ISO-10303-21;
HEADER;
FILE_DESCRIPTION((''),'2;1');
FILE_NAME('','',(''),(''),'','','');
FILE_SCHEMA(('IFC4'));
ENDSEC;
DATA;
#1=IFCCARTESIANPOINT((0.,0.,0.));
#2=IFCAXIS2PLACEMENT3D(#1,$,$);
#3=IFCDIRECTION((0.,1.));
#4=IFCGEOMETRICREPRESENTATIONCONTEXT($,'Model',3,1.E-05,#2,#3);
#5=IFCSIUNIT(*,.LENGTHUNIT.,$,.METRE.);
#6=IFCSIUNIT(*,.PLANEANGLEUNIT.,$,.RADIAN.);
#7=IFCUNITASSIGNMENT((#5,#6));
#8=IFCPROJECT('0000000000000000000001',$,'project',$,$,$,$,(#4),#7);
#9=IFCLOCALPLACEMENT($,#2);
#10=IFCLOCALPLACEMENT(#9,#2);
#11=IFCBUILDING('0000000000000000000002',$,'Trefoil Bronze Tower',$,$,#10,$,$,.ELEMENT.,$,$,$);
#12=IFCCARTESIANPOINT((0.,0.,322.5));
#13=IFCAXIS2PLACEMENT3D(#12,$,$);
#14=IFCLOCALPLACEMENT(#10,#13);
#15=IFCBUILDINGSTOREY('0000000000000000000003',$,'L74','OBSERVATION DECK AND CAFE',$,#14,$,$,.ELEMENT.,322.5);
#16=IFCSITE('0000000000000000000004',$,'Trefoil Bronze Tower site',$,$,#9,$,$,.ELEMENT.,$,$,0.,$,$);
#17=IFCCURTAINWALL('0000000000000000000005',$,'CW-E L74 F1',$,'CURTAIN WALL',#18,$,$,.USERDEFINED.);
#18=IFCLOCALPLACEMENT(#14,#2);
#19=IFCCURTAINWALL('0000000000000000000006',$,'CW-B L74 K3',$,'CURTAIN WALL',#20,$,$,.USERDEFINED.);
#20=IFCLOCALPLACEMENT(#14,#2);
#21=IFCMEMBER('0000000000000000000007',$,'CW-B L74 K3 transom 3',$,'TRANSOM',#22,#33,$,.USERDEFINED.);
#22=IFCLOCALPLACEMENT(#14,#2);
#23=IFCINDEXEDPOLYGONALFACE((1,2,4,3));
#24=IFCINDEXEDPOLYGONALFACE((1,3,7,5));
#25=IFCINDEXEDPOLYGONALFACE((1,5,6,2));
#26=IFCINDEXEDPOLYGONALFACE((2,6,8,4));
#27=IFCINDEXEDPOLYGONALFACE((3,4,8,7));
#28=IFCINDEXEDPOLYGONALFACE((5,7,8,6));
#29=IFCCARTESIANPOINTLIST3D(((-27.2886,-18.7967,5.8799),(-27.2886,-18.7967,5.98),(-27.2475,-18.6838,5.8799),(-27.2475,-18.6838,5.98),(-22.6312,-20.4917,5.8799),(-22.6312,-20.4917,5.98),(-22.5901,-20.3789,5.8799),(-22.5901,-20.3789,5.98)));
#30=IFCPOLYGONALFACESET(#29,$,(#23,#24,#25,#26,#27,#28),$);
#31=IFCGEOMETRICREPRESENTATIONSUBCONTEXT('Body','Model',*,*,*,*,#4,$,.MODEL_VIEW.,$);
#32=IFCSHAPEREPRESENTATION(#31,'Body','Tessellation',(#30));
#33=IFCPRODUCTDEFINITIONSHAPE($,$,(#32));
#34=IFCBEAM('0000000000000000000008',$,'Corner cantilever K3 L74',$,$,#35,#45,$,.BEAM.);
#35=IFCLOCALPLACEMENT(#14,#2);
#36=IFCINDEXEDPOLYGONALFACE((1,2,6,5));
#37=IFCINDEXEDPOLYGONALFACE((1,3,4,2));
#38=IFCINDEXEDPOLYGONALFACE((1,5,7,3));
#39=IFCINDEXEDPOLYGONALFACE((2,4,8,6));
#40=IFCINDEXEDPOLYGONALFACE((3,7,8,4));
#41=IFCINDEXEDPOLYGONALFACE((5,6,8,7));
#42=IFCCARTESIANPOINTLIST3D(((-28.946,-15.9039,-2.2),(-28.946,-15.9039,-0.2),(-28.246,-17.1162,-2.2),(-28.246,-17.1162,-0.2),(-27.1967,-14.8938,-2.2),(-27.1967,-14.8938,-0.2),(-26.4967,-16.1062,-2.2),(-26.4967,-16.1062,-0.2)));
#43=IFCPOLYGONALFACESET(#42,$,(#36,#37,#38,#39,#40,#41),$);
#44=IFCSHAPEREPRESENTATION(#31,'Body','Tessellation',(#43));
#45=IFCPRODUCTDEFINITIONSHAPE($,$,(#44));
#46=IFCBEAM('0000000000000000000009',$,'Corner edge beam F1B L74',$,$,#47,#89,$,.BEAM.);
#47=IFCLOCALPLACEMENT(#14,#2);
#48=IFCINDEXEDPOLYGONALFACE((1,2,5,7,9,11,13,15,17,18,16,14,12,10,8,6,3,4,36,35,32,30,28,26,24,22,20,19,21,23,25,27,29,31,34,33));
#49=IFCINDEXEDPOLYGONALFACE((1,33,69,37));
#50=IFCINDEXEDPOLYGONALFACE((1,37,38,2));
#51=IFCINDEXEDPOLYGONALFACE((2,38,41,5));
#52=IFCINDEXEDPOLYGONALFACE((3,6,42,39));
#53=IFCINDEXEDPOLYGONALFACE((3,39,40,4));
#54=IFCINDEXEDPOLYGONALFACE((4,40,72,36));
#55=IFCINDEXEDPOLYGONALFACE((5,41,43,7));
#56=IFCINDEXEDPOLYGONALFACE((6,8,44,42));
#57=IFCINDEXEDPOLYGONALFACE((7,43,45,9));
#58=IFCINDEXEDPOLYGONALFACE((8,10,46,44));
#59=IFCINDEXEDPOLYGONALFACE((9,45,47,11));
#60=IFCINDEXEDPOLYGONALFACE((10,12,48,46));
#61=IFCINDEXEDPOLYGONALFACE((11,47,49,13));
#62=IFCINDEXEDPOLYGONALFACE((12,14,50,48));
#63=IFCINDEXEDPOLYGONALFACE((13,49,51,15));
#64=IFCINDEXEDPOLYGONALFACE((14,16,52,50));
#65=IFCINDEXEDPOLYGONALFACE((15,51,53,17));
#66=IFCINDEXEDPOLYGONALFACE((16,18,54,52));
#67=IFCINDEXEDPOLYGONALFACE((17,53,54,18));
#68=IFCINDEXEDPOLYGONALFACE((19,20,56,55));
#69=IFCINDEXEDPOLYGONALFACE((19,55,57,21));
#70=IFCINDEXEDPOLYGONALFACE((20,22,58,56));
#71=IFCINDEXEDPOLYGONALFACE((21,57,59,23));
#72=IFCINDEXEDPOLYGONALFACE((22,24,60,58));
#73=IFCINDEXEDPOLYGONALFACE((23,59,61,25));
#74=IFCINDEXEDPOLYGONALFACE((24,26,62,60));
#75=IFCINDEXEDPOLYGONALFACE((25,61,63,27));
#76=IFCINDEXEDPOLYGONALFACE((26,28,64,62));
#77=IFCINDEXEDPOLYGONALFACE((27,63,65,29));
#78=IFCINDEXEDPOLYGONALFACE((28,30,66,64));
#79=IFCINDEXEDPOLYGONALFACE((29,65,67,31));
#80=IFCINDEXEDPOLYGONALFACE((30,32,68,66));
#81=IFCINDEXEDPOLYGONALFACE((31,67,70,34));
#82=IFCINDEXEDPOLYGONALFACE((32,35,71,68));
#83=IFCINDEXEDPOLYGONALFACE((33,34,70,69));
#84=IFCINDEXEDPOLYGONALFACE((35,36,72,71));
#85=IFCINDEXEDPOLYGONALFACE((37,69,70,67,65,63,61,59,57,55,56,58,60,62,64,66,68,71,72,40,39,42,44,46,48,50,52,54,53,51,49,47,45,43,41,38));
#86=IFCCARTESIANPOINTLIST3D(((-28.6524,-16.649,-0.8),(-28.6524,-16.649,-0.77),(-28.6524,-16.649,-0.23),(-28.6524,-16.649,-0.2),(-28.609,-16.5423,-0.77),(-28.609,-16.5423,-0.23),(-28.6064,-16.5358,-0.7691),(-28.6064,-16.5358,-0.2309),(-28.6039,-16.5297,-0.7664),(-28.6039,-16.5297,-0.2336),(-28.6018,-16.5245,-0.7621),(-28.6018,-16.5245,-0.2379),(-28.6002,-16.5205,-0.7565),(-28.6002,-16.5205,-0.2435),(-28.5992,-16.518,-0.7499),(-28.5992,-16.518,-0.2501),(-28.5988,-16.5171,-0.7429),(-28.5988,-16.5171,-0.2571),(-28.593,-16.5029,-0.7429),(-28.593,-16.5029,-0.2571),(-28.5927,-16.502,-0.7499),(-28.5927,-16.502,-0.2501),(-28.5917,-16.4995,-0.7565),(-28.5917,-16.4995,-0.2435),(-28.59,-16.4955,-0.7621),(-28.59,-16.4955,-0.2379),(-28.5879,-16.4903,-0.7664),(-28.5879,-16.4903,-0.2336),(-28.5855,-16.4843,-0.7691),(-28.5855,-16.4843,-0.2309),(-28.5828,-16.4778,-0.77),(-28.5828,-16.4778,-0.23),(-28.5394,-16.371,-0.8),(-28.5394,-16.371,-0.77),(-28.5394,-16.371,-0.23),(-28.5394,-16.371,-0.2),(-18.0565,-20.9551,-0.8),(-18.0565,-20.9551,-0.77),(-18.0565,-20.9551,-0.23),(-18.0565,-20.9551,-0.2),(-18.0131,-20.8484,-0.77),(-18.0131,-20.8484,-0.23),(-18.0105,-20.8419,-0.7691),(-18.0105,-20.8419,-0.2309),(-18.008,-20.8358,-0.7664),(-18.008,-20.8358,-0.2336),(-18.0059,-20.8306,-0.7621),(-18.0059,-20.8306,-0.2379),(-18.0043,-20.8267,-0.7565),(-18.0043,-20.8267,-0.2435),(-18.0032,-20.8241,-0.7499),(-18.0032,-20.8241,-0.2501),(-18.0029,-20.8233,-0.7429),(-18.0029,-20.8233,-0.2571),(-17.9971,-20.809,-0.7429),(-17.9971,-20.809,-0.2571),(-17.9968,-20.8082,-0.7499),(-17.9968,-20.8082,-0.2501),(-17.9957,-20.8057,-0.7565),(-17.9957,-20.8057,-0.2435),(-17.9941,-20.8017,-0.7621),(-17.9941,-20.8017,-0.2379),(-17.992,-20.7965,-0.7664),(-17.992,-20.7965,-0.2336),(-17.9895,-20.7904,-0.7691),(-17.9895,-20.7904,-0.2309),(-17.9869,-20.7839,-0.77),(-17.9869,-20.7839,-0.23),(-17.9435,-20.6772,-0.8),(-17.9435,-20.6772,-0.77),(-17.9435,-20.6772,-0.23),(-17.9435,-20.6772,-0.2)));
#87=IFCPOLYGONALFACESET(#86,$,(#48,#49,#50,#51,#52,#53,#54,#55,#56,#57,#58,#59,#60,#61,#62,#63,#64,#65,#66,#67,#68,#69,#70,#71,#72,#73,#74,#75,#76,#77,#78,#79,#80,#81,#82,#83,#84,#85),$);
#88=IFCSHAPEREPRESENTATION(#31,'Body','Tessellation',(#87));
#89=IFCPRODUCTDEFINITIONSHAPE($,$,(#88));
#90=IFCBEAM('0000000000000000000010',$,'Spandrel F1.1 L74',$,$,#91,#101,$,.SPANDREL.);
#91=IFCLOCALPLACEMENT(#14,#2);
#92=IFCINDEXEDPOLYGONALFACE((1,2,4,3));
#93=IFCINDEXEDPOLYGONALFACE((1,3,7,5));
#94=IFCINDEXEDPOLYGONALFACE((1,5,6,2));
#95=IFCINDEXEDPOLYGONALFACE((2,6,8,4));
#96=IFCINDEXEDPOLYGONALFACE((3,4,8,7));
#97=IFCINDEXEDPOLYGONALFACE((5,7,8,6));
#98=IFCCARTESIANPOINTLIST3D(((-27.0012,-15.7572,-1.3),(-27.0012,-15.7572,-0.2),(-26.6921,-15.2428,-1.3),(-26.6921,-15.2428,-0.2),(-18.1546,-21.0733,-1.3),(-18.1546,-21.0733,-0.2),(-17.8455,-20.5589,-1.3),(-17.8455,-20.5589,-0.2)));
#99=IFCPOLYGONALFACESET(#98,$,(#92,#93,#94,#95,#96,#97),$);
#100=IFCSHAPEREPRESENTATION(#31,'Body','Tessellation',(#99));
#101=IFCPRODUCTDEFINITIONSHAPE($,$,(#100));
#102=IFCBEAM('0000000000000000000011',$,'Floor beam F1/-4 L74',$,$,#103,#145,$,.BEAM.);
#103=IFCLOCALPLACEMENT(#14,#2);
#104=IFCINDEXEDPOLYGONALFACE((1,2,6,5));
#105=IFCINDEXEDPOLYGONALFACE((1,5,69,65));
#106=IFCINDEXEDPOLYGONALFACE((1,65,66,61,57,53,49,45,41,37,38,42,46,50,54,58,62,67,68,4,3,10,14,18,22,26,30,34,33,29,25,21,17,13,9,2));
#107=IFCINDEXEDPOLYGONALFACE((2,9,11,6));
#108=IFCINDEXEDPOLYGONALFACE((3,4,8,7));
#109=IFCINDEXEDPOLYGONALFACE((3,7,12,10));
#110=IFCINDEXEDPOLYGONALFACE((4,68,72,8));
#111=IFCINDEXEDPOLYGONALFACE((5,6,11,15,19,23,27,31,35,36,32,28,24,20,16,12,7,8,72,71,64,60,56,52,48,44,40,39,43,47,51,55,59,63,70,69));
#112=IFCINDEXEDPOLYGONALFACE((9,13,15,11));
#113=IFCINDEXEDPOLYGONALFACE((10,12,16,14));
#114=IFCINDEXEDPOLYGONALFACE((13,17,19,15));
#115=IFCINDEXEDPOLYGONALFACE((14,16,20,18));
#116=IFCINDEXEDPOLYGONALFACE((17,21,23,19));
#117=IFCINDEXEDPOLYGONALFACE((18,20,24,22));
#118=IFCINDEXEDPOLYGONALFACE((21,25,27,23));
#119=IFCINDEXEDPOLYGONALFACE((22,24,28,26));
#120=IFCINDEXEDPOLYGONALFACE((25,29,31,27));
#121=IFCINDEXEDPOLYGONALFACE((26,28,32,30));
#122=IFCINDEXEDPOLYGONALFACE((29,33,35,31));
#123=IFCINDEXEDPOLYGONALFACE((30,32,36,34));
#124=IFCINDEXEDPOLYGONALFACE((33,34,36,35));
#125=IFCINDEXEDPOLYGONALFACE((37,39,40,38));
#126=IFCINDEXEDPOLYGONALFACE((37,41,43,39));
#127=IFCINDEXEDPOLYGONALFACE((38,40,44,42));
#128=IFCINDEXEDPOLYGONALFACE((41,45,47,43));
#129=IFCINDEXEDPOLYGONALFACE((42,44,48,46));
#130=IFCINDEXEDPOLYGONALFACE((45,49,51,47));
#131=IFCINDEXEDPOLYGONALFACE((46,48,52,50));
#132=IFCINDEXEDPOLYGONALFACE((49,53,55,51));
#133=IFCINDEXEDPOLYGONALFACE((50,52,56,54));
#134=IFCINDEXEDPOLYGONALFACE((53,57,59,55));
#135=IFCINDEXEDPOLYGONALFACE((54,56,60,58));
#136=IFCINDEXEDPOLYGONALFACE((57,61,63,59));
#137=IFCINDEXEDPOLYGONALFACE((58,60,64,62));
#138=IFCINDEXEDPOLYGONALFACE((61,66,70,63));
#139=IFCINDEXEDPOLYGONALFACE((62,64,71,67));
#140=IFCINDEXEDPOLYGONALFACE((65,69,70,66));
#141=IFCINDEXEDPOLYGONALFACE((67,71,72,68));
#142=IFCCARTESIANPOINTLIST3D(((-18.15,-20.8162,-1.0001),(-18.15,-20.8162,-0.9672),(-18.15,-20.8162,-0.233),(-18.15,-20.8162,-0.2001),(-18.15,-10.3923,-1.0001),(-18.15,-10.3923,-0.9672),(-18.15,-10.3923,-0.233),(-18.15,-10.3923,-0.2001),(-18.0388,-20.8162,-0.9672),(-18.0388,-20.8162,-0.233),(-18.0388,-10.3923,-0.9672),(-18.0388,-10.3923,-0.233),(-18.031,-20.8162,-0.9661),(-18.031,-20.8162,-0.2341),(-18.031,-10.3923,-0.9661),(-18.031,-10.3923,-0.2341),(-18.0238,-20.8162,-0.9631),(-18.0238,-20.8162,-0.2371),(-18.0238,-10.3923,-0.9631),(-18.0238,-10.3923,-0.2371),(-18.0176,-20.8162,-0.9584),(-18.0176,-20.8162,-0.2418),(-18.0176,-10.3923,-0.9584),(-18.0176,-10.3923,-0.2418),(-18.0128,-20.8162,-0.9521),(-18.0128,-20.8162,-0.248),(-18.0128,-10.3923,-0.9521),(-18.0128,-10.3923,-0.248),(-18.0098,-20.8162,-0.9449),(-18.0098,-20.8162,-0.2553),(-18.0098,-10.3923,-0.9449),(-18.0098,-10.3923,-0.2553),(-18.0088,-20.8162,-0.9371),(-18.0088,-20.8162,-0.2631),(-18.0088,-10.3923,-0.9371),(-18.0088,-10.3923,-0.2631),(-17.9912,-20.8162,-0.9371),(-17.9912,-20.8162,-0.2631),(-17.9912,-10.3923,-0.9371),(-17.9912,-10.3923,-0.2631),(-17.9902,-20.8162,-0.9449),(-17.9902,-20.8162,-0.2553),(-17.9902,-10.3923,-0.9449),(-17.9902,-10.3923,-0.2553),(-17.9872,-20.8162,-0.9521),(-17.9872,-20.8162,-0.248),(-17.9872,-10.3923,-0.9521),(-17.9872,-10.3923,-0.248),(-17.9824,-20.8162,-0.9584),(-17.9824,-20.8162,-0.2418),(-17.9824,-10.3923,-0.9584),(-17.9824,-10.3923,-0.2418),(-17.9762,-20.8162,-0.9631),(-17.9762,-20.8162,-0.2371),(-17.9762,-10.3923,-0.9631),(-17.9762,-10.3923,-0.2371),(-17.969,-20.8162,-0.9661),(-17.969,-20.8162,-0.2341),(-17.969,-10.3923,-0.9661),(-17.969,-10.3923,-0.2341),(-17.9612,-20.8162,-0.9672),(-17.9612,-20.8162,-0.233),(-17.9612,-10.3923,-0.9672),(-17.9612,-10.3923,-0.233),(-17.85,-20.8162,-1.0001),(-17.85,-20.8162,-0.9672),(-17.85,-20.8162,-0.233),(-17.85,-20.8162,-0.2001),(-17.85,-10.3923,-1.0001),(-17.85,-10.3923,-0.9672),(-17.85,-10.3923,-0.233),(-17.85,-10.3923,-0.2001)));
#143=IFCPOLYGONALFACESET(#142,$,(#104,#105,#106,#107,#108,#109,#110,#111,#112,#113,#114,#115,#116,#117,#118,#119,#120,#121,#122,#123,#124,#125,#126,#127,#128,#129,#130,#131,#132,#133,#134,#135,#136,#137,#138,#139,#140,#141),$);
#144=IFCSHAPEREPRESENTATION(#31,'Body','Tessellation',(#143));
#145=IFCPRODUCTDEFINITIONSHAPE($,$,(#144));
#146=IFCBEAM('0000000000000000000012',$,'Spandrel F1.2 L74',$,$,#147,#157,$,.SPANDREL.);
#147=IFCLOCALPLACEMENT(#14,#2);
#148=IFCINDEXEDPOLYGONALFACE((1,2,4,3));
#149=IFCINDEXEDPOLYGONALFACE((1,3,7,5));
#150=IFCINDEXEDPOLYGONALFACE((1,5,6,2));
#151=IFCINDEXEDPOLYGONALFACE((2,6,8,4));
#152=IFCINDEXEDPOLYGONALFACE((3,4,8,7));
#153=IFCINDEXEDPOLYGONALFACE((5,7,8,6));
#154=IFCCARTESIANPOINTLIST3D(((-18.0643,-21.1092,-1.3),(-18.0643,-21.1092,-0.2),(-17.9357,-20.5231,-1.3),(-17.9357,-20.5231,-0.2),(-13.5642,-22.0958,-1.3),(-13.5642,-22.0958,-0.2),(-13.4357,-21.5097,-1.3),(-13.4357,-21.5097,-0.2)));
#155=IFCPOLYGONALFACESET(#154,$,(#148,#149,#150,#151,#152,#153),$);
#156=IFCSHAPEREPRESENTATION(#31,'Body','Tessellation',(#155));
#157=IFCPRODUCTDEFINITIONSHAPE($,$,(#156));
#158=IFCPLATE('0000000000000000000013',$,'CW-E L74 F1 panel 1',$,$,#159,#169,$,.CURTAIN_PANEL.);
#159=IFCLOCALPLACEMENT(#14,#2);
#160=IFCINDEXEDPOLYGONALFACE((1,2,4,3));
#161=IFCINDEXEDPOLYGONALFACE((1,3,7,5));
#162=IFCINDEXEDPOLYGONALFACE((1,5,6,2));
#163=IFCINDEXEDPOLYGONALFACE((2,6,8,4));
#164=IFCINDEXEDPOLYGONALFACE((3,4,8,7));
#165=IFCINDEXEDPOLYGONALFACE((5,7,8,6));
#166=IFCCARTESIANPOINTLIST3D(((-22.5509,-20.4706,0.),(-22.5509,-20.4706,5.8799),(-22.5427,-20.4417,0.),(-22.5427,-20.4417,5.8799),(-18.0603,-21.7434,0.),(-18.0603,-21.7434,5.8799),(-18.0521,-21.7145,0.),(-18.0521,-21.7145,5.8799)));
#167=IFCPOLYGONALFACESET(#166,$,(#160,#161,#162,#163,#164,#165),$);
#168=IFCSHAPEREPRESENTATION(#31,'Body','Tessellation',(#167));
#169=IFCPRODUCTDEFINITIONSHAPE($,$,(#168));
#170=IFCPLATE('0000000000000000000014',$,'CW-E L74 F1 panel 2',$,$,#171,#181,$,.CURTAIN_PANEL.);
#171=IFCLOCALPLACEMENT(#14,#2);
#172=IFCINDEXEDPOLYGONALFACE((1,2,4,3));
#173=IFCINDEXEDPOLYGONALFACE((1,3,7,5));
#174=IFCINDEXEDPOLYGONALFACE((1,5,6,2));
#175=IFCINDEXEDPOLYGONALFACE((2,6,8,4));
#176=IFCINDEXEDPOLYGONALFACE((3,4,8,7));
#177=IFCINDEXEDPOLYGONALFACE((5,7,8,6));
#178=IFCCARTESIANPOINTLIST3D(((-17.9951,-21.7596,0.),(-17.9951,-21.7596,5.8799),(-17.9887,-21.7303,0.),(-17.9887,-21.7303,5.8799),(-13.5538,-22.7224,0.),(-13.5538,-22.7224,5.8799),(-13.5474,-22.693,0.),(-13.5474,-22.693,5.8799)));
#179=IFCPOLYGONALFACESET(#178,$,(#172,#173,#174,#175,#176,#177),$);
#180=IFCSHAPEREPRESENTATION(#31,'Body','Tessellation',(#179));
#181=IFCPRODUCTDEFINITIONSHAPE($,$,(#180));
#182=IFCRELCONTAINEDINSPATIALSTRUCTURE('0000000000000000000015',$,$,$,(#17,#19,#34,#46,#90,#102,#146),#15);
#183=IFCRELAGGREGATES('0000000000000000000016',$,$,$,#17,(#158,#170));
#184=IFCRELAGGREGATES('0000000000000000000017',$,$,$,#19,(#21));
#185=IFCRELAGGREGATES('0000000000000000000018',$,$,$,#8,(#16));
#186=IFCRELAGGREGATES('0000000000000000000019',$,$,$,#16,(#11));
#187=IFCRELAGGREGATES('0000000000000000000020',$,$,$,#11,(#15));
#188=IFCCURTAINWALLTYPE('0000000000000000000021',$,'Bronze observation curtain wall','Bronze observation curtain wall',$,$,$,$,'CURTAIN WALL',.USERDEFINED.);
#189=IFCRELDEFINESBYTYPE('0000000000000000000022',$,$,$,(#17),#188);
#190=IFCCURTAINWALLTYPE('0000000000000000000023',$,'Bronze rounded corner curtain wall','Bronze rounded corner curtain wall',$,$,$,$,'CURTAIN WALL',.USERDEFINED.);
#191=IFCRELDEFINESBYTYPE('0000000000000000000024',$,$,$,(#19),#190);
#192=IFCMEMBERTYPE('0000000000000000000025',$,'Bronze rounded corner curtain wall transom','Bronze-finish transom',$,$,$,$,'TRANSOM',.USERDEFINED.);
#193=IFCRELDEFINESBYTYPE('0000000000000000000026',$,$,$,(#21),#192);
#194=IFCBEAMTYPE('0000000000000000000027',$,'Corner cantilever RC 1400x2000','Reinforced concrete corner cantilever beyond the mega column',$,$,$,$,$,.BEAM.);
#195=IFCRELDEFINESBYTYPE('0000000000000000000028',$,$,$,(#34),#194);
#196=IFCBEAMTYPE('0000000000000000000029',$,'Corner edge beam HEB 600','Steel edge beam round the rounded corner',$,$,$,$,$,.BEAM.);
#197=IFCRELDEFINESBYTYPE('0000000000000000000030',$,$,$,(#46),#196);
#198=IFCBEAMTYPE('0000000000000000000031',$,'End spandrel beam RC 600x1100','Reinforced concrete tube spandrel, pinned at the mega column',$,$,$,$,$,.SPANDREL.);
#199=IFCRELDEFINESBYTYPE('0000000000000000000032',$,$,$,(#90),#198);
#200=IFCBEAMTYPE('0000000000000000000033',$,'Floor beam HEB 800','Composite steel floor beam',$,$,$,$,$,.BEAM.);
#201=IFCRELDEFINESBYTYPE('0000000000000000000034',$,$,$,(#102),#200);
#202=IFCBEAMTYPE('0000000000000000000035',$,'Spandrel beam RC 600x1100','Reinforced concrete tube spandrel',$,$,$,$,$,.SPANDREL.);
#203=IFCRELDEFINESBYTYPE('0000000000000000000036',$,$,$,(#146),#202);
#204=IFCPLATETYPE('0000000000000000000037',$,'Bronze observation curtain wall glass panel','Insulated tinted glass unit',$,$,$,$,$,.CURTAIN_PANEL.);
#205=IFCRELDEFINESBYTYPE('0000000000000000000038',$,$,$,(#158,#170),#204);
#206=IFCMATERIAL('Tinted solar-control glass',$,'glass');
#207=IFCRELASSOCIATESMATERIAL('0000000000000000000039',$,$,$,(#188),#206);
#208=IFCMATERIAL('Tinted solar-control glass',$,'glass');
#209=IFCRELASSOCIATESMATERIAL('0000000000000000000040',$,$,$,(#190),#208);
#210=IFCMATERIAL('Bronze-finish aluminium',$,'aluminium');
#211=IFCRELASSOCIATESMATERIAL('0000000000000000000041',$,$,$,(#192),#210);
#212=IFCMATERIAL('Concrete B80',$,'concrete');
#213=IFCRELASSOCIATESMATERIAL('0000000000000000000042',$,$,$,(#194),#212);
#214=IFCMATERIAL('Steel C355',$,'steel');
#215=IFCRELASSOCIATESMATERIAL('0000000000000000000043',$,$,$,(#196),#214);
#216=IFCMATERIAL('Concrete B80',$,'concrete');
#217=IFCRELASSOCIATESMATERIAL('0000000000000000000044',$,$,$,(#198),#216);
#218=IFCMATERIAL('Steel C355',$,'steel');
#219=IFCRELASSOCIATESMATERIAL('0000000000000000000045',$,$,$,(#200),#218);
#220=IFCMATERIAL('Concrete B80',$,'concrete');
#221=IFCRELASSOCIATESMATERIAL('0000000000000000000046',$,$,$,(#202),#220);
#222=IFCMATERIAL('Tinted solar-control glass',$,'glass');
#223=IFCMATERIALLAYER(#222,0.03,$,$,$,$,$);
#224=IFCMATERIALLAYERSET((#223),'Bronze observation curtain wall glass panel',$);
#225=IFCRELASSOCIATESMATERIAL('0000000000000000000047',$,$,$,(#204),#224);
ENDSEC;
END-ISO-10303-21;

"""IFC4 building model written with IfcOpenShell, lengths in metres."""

from ifc_helpers import new_model, si_unit, direction, frame, origin, origin_2d, place, context, subcontext, project, spatial, rectangle, i_section, extrude, material, layer, layer_set, material_profile, profile_set, type_object, element, aggregate, save


model = new_model("IFC4")

# Units and contexts
model_context = context("Model", 3, precision=1e-05, world=origin(), true_north=direction((0.0, 1.0)))
body_context = subcontext(model_context, "Body", "Model", "MODEL_VIEW")
ifc_project = project(units=[si_unit("LENGTHUNIT", "METRE"), si_unit("PLANEANGLEUNIT", "RADIAN")], contexts=[model_context])

# Site, building, storey
site_placement = place(None, origin())
site = spatial("IfcSite", under=ifc_project, at=site_placement, Name="Trefoil Bronze Tower site", CompositionType="ELEMENT", RefElevation=0.0)
building_placement = place(site_placement, origin())
building = spatial("IfcBuilding", under=site, at=building_placement, Name="Trefoil Bronze Tower", CompositionType="ELEMENT")
storey_placement = place(building_placement, frame((0.0, 0.0, 322.5)))
storey = spatial("IfcBuildingStorey", under=building, at=storey_placement, Name="L74", Description="OBSERVATION DECK AND CAFE", CompositionType="ELEMENT", Elevation=322.5)

# Curtain walls, member
ifc_material_1 = material(Name="Tinted solar-control glass", Category="glass")
curtain_wall_type_1 = type_object("IfcCurtainWallType", Name="Bronze observation curtain wall", Description="Bronze observation curtain wall", ElementType="CURTAIN WALL", PredefinedType="USERDEFINED", material=ifc_material_1)
curtain_wall_1_placement = place(storey_placement, origin())
curtain_wall_1 = element("IfcCurtainWall", 1, at=curtain_wall_1_placement, inside=storey, type_object=curtain_wall_type_1, Name="CW-E L74 F1", ObjectType="CURTAIN WALL", PredefinedType="USERDEFINED")
ifc_material_2 = material(Name="Tinted solar-control glass", Category="glass")
curtain_wall_type_2 = type_object("IfcCurtainWallType", Name="Bronze rounded corner curtain wall", Description="Bronze rounded corner curtain wall", ElementType="CURTAIN WALL", PredefinedType="USERDEFINED", material=ifc_material_2)
curtain_wall_2_placement = place(storey_placement, origin())
curtain_wall_2 = element("IfcCurtainWall", 2, at=curtain_wall_2_placement, inside=storey, type_object=curtain_wall_type_2, Name="CW-B L74 K3", ObjectType="CURTAIN WALL", PredefinedType="USERDEFINED")
ifc_material_3 = material(Name="Bronze-finish aluminium", Category="aluminium")
ifc_material_profile_1 = material_profile(ifc_material_3, rectangle(XDim=0.1201, YDim=0.1001, at=origin_2d()), Name="CW-B transom")
ifc_profile_set_1 = profile_set([ifc_material_profile_1], Name="Bronze-finish aluminium")
member_type_1 = type_object("IfcMemberType", Name="Bronze rounded corner curtain wall transom", Description="Bronze-finish transom", ElementType="TRANSOM", PredefinedType="USERDEFINED", material=ifc_profile_set_1)
member_1_placement = place(storey_placement, frame((-27.2681, -18.7402, 5.9299), z_axis=(0.9397, -0.342, 0.0), x_axis=(0.342, 0.9397, 0.0)))
member_1 = element("IfcMember", 3, at=member_1_placement, type_object=member_type_1, Name="CW-B L74 K3 transom 3", ObjectType="TRANSOM", PredefinedType="USERDEFINED", context=body_context, shape_type="SweptSolid", body=[
    extrude(rectangle(XDim=0.1201, YDim=0.1001, at=origin_2d()), origin(), (0.0, 0.0, 1.0), 4.9563),
])

# Beams
ifc_material_4 = material(Name="Concrete B80", Category="concrete")
ifc_material_profile_2 = material_profile(ifc_material_4, rectangle(XDim=1.3999, YDim=2.0, at=origin_2d()), Name="RC 1400x2000")
ifc_profile_set_2 = profile_set([ifc_material_profile_2], Name="Concrete B80")
beam_type_1 = type_object("IfcBeamType", Name="Corner cantilever RC 1400x2000", Description="Reinforced concrete corner cantilever beyond the mega column", PredefinedType="BEAM", material=ifc_profile_set_2)
beam_1_placement = place(storey_placement, frame((-26.8467, -15.5, -1.2), z_axis=(-0.86601, -0.500026, 0.0), x_axis=(0.500026, -0.86601, 0.0)))
element("IfcBeam", 4, at=beam_1_placement, inside=storey, type_object=beam_type_1, Name="Corner cantilever K3 L74", PredefinedType="BEAM", context=body_context, shape_type="SweptSolid", body=[
    extrude(rectangle(XDim=1.3999, YDim=2.0, at=origin_2d()), origin(), (0.0, 0.0, 1.0), 2.02),
])
ifc_material_5 = material(Name="Steel C355", Category="steel")
ifc_material_profile_3 = material_profile(ifc_material_5, i_section(OverallWidth=0.3, OverallDepth=0.6001, WebThickness=0.0154, FlangeThickness=0.03, FilletRadius=0.0271, at=origin_2d()), Name="HEB 600")
ifc_profile_set_3 = profile_set([ifc_material_profile_3], Name="Steel C355")
beam_type_2 = type_object("IfcBeamType", Name="Corner edge beam HEB 600", Description="Steel edge beam round the rounded corner", PredefinedType="BEAM", material=ifc_profile_set_3)
beam_2_placement = place(storey_placement, frame((-18.0, -20.8162, -0.5), z_axis=(-0.926419, 0.376493, 0.0), x_axis=(-0.376493, -0.926419, 0.0)))
element("IfcBeam", 5, at=beam_2_placement, inside=storey, type_object=beam_type_2, Name="Corner edge beam F1B L74", PredefinedType="BEAM", context=body_context, shape_type="SweptSolid", body=[
    extrude(i_section(OverallWidth=0.3, OverallDepth=0.6001, WebThickness=0.0154, FlangeThickness=0.03, FilletRadius=0.0271, at=origin_2d()), origin(), (0.0, 0.0, 1.0), 11.4375),
])
ifc_material_6 = material(Name="Concrete B80", Category="concrete")
ifc_material_profile_4 = material_profile(ifc_material_6, rectangle(XDim=0.6001, YDim=1.1001, at=origin_2d()), Name="RC 600x1100")
ifc_profile_set_4 = profile_set([ifc_material_profile_4], Name="Concrete B80")
beam_type_3 = type_object("IfcBeamType", Name="End spandrel beam RC 600x1100", Description="Reinforced concrete tube spandrel, pinned at the mega column", PredefinedType="SPANDREL", material=ifc_profile_set_4)
beam_3_placement = place(storey_placement, frame((-26.8467, -15.5, -0.75), z_axis=(0.857144, -0.515077, 0.0), x_axis=(0.515077, 0.857144, 0.0)))
element("IfcBeam", 6, at=beam_3_placement, inside=storey, type_object=beam_type_3, Name="Spandrel F1.1 L74", PredefinedType="SPANDREL", context=body_context, shape_type="SweptSolid", body=[
    extrude(rectangle(XDim=0.6001, YDim=1.1001, at=origin_2d()), origin(), (0.0, 0.0, 1.0), 10.321),
])
ifc_material_7 = material(Name="Steel C355", Category="steel")
ifc_material_profile_5 = material_profile(ifc_material_7, i_section(OverallWidth=0.3, OverallDepth=0.8, WebThickness=0.0176, FlangeThickness=0.033, FilletRadius=0.03, at=origin_2d()), Name="HEB 800")
ifc_profile_set_5 = profile_set([ifc_material_profile_5], Name="Steel C355")
beam_type_4 = type_object("IfcBeamType", Name="Floor beam HEB 800", Description="Composite steel floor beam", PredefinedType="BEAM", material=ifc_profile_set_5)
beam_4_placement = place(storey_placement, frame((-18.0, -20.8162, -0.6001), z_axis=(0.0, 1.0, 0.0), x_axis=(-1.0, 0.0, 0.0)))
element("IfcBeam", 7, at=beam_4_placement, inside=storey, type_object=beam_type_4, Name="Floor beam F1/-4 L74", PredefinedType="BEAM", context=body_context, shape_type="SweptSolid", body=[
    extrude(i_section(OverallWidth=0.3, OverallDepth=0.8, WebThickness=0.0176, FlangeThickness=0.033, FilletRadius=0.03, at=origin_2d()), origin(), (0.0, 0.0, 1.0), 10.4238),
])
ifc_material_8 = material(Name="Concrete B80", Category="concrete")
ifc_material_profile_6 = material_profile(ifc_material_8, rectangle(XDim=0.6001, YDim=1.1001, at=origin_2d()), Name="RC 600x1100")
ifc_profile_set_6 = profile_set([ifc_material_profile_6], Name="Concrete B80")
beam_type_5 = type_object("IfcBeamType", Name="Spandrel beam RC 600x1100", Description="Reinforced concrete tube spandrel", PredefinedType="SPANDREL", material=ifc_profile_set_6)
beam_5_placement = place(storey_placement, frame((-18.0, -20.8162, -0.75), z_axis=(0.9768, -0.214152, 0.0), x_axis=(0.214152, 0.9768, 0.0)))
element("IfcBeam", 8, at=beam_5_placement, inside=storey, type_object=beam_type_5, Name="Spandrel F1.2 L74", PredefinedType="SPANDREL", context=body_context, shape_type="SweptSolid", body=[
    extrude(rectangle(XDim=0.6001, YDim=1.1001, at=origin_2d()), origin(), (0.0, 0.0, 1.0), 4.6069),
])

# Plates
ifc_material_9 = material(Name="Tinted solar-control glass", Category="glass")
ifc_layer_1 = layer(ifc_material_9, 0.03)
ifc_layer_set_1 = layer_set([ifc_layer_1], Name="Bronze observation curtain wall glass panel")
plate_type_1 = type_object("IfcPlateType", Name="Bronze observation curtain wall glass panel", Description="Insulated tinted glass unit", PredefinedType="CURTAIN_PANEL", material=ifc_layer_set_1)
plate_1_placement = place(storey_placement, frame((-20.3015, -21.0925, 0.0), z_axis=(0.0, 0.0, 1.0), x_axis=(0.962098, -0.272705, 0.0)))
plate_1 = element("IfcPlate", 9, at=plate_1_placement, type_object=plate_type_1, Name="CW-E L74 F1 panel 1", PredefinedType="CURTAIN_PANEL", context=body_context, shape_type="SweptSolid", body=[
    extrude(rectangle(XDim=4.6675, YDim=0.03, at=origin_2d()), origin(), (0.0, 0.0, 1.0), 5.8799),
])
plate_2_placement = place(storey_placement, frame((-15.7712, -22.2263, 0.0), z_axis=(0.0, 0.0, 1.0), x_axis=(0.977303, -0.211846, 0.0)))
plate_2 = element("IfcPlate", 10, at=plate_2_placement, type_object=plate_type_1, Name="CW-E L74 F1 panel 2", PredefinedType="CURTAIN_PANEL", context=body_context, shape_type="SweptSolid", body=[
    extrude(rectangle(XDim=4.5444, YDim=0.03, at=origin_2d()), origin(), (0.0, 0.0, 1.0), 5.8799),
])
aggregate(curtain_wall_1, [plate_1, plate_2])
aggregate(curtain_wall_2, [member_1])

save(model, "model.ifc")
